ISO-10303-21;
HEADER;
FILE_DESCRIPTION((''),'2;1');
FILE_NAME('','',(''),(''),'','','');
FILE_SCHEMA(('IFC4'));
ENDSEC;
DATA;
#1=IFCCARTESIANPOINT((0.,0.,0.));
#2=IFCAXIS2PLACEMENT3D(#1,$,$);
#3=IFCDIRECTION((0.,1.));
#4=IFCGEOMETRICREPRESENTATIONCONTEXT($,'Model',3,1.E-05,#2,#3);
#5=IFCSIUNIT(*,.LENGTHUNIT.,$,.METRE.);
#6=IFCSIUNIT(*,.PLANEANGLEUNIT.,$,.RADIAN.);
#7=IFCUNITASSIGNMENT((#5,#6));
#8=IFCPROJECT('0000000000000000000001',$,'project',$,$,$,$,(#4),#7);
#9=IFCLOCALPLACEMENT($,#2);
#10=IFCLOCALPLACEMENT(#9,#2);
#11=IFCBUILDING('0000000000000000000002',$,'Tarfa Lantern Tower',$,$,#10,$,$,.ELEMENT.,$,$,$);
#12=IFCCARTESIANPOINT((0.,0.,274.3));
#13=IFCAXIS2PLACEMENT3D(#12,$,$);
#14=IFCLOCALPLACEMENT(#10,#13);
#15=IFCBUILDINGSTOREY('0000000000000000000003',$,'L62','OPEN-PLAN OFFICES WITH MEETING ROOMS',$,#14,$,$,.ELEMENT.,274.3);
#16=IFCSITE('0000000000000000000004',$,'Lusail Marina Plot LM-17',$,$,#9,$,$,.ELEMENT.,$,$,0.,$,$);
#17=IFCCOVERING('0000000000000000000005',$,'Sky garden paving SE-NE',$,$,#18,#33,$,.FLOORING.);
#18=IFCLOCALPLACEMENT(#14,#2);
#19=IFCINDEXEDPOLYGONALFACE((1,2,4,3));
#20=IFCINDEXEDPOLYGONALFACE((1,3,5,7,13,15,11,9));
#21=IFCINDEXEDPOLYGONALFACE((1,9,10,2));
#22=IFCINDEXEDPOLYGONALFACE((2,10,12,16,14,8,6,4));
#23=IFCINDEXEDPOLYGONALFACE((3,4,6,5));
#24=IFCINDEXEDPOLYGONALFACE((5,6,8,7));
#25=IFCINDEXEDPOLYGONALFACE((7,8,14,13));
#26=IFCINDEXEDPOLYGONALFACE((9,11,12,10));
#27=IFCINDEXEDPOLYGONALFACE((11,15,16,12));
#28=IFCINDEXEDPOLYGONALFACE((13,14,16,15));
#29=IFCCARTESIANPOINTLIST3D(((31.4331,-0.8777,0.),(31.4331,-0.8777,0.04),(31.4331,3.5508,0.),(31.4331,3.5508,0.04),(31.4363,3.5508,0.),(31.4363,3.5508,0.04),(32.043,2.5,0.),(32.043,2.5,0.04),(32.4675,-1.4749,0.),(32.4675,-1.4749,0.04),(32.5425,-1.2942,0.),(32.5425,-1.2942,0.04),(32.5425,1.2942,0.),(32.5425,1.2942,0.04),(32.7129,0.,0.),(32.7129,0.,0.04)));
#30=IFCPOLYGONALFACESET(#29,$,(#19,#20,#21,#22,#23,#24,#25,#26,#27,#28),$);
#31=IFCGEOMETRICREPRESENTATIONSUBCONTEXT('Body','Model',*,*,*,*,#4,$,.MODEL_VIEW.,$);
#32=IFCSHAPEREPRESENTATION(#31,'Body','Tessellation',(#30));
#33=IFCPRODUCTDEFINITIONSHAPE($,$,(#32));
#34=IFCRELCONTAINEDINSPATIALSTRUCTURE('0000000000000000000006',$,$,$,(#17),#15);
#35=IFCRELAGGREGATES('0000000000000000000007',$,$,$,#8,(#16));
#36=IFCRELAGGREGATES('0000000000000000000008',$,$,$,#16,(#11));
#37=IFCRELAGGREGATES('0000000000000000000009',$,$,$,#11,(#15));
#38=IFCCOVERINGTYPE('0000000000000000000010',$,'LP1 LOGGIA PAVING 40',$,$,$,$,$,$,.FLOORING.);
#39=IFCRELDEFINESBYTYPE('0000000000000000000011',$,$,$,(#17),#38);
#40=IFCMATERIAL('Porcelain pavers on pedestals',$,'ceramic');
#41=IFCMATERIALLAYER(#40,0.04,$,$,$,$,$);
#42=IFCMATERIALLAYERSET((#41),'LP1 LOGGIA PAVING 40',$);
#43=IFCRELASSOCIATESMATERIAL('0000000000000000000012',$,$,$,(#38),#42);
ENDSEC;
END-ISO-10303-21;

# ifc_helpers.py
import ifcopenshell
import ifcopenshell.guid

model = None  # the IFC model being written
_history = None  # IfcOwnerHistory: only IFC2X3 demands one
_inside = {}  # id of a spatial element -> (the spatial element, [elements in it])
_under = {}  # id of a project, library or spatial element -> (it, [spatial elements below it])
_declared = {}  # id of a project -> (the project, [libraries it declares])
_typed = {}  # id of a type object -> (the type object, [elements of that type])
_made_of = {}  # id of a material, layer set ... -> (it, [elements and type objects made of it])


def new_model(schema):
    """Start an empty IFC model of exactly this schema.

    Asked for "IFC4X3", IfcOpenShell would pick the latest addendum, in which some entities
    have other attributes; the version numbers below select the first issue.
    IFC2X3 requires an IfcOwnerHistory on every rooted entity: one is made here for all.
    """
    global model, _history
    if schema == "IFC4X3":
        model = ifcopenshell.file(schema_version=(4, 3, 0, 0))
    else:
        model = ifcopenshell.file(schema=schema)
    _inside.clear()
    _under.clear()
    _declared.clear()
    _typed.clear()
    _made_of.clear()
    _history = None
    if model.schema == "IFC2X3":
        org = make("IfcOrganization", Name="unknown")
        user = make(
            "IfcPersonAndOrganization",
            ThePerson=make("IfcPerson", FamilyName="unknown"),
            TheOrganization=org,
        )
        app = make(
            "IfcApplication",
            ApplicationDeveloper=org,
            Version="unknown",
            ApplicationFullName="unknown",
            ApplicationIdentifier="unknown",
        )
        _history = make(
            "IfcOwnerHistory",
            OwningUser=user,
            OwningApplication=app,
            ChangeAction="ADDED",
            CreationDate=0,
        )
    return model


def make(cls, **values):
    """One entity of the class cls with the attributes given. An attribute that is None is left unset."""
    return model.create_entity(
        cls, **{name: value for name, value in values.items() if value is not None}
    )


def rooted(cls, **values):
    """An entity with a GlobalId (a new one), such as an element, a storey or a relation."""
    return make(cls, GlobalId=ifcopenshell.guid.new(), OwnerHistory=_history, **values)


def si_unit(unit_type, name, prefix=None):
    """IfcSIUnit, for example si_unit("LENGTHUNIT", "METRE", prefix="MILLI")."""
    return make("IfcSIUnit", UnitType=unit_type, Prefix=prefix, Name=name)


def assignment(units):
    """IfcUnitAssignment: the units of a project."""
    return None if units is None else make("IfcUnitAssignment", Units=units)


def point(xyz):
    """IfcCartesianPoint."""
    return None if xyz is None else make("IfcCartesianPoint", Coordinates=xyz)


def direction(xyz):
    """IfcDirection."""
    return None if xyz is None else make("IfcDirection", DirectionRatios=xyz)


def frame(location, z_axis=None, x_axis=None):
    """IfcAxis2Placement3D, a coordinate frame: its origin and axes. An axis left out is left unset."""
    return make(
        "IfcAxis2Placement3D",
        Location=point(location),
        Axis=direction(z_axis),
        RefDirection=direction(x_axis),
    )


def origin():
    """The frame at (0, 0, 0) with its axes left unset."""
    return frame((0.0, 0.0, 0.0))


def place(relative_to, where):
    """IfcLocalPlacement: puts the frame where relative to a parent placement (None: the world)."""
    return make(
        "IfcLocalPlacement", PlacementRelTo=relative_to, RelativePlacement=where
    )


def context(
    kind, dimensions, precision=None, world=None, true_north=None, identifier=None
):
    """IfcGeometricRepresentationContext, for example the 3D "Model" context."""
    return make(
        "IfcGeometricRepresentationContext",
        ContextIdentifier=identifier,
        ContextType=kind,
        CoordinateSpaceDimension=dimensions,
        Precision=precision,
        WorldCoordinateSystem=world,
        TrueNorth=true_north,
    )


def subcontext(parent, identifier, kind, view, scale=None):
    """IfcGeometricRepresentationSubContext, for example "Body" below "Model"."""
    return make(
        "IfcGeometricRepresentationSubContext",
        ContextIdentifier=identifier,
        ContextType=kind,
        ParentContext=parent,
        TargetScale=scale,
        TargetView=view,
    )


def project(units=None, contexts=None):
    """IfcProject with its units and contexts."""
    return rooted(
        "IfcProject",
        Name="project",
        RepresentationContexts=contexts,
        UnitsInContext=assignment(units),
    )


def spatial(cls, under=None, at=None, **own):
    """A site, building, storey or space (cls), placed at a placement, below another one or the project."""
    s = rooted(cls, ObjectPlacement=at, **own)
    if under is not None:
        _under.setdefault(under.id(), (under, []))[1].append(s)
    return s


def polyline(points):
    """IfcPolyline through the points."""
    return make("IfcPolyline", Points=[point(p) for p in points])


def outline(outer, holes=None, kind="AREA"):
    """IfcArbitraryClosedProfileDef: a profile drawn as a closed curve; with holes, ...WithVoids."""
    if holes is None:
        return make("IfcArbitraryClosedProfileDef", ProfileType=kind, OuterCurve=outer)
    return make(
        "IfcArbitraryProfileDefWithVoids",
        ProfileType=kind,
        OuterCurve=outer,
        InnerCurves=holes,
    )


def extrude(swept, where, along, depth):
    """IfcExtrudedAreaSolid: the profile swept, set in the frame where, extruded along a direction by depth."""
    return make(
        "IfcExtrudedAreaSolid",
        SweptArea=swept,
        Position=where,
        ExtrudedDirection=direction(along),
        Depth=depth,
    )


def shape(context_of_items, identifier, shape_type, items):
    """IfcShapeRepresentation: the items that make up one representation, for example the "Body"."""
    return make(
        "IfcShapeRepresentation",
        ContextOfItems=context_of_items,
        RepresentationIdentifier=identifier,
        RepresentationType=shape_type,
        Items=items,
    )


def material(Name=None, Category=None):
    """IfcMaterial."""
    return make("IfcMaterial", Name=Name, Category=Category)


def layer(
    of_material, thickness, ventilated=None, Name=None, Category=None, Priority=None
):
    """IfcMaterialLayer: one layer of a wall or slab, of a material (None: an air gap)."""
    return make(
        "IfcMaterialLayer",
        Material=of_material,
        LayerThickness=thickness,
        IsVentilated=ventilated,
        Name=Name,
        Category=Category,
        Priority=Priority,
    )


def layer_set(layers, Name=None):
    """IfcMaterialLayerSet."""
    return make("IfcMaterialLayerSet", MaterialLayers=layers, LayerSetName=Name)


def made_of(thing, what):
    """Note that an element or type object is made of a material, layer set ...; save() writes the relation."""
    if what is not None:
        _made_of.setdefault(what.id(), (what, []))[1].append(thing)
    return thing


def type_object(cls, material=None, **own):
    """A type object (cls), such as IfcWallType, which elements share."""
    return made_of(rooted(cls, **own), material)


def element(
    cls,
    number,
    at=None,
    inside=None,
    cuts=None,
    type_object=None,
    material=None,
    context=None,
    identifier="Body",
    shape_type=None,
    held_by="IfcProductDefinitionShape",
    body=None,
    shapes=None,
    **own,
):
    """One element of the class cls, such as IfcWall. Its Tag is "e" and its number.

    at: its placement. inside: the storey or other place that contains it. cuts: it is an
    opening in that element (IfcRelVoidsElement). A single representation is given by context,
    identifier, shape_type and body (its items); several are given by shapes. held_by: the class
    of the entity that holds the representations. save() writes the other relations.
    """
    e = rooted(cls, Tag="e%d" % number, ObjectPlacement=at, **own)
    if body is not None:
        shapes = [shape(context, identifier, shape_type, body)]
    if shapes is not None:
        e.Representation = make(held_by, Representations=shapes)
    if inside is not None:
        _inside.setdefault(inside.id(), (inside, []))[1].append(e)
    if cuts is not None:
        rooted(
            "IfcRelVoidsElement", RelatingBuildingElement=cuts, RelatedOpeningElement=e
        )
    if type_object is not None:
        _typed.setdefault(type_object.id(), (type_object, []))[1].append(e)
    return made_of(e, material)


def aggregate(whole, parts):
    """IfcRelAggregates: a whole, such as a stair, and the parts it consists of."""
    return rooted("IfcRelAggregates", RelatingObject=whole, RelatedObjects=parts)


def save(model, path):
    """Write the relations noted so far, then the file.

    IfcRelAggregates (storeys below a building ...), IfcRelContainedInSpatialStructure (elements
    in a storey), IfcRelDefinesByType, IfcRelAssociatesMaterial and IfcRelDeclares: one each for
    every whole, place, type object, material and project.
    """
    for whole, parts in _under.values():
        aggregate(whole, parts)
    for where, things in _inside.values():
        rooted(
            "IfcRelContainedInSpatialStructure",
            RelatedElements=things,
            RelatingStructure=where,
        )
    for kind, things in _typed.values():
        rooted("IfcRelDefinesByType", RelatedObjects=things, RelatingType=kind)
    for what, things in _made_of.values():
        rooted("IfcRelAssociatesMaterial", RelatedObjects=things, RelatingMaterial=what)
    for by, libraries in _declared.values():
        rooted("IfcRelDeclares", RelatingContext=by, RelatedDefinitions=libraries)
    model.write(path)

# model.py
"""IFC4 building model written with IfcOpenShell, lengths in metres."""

from ifc_helpers import new_model, si_unit, direction, frame, origin, place, context, subcontext, project, spatial, polyline, outline, extrude, material, layer, layer_set, type_object, element, save


model = new_model("IFC4")

# Units and contexts
model_context = context("Model", 3, precision=1e-05, world=origin(), true_north=direction((0.0, 1.0)))
body_context = subcontext(model_context, "Body", "Model", "MODEL_VIEW")
ifc_project = project(units=[si_unit("LENGTHUNIT", "METRE"), si_unit("PLANEANGLEUNIT", "RADIAN")], contexts=[model_context])

# Site, building, storey
site_placement = place(None, origin())
site = spatial("IfcSite", under=ifc_project, at=site_placement, Name="Lusail Marina Plot LM-17", CompositionType="ELEMENT", RefElevation=0.0)
building_placement = place(site_placement, origin())
building = spatial("IfcBuilding", under=site, at=building_placement, Name="Tarfa Lantern Tower", CompositionType="ELEMENT")
storey_placement = place(building_placement, frame((0.0, 0.0, 274.3)))
storey = spatial("IfcBuildingStorey", under=building, at=storey_placement, Name="L62", Description="OPEN-PLAN OFFICES WITH MEETING ROOMS", CompositionType="ELEMENT", Elevation=274.3)

# Covering
ifc_material_1 = material(Name="Porcelain pavers on pedestals", Category="ceramic")
ifc_layer_1 = layer(ifc_material_1, 0.04)
ifc_layer_set_1 = layer_set([ifc_layer_1], Name="LP1 LOGGIA PAVING 40")
covering_type = type_object("IfcCoveringType", Name="LP1 LOGGIA PAVING 40", PredefinedType="FLOORING", material=ifc_layer_set_1)
covering_1_placement = place(storey_placement, origin())
element("IfcCovering", 1, at=covering_1_placement, inside=storey, type_object=covering_type, Name="Sky garden paving SE-NE", PredefinedType="FLOORING", context=body_context, shape_type="SweptSolid", body=[
    extrude(outline(polyline([(32.5425, 1.2942), (32.7129, 0.0), (32.5425, -1.2942), (32.4675, -1.4749), (31.4331, -0.8777), (31.4331, 3.5508), (31.4363, 3.5508), (32.043, 2.5), (32.5425, 1.2942)])), origin(), (0.0, 0.0, 1.0), 0.04),
])

save(model, "model.ifc")
